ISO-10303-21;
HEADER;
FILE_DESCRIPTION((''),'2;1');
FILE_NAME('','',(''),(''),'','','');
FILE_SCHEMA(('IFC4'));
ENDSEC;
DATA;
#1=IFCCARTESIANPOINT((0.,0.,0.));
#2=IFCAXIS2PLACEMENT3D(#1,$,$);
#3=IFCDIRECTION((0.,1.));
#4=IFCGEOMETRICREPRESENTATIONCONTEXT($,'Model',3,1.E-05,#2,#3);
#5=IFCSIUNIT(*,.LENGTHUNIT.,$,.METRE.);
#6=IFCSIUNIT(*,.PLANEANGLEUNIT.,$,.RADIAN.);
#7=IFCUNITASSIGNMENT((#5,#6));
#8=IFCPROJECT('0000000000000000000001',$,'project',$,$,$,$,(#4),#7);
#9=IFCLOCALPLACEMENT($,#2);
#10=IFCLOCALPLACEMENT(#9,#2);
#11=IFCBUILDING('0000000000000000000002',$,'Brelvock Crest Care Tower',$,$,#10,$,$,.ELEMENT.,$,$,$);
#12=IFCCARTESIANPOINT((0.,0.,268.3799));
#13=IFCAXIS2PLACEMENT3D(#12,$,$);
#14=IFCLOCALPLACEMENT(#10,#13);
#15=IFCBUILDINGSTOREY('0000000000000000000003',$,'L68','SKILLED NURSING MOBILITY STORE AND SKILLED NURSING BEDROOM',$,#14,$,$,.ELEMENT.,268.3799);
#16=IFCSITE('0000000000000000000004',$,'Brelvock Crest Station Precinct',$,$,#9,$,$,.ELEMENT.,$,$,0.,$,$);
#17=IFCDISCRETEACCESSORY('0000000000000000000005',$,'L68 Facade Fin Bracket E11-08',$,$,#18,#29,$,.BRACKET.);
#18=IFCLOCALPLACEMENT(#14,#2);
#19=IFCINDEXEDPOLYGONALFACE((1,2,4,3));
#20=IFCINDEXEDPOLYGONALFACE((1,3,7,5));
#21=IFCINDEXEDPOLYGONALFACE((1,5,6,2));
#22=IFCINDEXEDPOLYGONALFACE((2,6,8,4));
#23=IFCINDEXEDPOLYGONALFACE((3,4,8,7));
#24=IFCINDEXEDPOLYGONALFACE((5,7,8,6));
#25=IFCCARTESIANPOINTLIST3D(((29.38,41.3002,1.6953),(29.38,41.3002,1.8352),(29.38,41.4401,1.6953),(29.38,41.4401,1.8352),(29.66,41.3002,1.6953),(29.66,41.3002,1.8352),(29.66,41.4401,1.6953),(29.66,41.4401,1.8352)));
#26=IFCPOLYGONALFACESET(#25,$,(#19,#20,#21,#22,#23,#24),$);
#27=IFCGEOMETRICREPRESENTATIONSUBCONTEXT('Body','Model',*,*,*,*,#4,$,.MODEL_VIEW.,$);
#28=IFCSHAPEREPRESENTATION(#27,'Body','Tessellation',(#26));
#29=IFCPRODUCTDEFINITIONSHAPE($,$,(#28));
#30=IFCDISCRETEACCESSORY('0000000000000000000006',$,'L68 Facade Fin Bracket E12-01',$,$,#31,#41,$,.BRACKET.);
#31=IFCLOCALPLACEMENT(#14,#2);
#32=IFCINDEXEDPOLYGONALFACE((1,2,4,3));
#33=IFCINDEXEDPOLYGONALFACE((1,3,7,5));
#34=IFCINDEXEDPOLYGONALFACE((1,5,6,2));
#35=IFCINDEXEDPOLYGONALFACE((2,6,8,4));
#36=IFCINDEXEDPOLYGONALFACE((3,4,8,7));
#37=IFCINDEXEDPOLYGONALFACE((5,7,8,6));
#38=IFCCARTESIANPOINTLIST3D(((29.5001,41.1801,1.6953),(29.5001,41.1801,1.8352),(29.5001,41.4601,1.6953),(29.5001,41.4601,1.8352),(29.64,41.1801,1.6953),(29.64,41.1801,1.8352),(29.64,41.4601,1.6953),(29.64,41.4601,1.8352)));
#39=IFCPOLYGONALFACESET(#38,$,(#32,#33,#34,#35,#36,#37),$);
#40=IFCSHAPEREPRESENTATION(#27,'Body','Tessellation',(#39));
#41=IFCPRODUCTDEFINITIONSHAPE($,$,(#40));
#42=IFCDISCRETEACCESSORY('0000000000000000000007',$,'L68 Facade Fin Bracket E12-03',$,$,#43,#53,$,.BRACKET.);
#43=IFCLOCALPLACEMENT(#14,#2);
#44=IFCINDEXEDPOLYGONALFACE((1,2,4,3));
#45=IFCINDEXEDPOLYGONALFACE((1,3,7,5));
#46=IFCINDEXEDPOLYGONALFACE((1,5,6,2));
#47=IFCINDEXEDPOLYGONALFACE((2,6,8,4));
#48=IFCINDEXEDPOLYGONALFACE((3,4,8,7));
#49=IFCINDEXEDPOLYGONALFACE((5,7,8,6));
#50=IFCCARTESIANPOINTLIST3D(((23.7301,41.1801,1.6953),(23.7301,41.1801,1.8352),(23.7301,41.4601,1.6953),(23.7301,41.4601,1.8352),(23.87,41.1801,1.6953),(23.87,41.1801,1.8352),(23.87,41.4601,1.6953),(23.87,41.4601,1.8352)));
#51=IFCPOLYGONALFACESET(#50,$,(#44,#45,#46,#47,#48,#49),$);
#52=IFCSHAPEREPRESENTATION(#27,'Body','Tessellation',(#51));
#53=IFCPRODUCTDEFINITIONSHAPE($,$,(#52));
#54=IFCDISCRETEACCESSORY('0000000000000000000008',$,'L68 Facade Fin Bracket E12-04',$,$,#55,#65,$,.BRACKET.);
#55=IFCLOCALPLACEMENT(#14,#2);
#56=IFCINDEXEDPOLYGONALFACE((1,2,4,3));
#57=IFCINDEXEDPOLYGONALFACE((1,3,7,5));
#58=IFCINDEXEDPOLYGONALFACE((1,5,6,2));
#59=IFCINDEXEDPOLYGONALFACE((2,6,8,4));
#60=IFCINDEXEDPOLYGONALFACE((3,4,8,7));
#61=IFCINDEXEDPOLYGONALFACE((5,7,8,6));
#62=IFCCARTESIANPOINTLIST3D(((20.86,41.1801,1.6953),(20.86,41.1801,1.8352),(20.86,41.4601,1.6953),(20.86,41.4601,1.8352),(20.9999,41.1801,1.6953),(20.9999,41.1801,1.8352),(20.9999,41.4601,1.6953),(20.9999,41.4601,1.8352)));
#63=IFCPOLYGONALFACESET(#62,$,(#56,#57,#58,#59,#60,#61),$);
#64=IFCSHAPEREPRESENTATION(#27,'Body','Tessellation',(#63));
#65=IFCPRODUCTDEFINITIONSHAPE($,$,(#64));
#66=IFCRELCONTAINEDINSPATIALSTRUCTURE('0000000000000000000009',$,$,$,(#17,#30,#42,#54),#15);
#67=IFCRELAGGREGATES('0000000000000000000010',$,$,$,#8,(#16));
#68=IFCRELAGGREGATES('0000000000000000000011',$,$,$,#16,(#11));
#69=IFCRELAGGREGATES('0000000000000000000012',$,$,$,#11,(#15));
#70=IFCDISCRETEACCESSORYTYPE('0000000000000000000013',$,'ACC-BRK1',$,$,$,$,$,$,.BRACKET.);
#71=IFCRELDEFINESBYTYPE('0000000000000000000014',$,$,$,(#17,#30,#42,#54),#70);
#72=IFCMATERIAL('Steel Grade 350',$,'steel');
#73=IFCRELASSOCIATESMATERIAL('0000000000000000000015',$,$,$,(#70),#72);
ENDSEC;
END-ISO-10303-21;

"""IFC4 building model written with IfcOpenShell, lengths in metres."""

from ifc_helpers import new_model, si_unit, direction, frame, origin, origin_2d, place, context, subcontext, project, spatial, rectangle, extrude, source, transform, mapped, material, type_object, element, save


model = new_model("IFC4")

# Units and contexts
model_context = context("Model", 3, precision=1e-05, world=origin(), true_north=direction((0.0, 1.0)))
body_context = subcontext(model_context, "Body", "Model", "MODEL_VIEW")
ifc_project = project(units=[si_unit("LENGTHUNIT", "METRE"), si_unit("PLANEANGLEUNIT", "RADIAN")], contexts=[model_context])

# Site, building, storey
site_placement = place(None, origin())
site = spatial("IfcSite", under=ifc_project, at=site_placement, Name="Brelvock Crest Station Precinct", CompositionType="ELEMENT", RefElevation=0.0)
building_placement = place(site_placement, origin())
building = spatial("IfcBuilding", under=site, at=building_placement, Name="Brelvock Crest Care Tower", CompositionType="ELEMENT")
storey_placement = place(building_placement, frame((0.0, 0.0, 268.3799)))
storey = spatial("IfcBuildingStorey", under=building, at=storey_placement, Name="L68", Description="SKILLED NURSING MOBILITY STORE AND SKILLED NURSING BEDROOM", CompositionType="ELEMENT", Elevation=268.3799)

# Shared definitions
ifc_material_1 = material(Name="Steel Grade 350", Category="steel")

# Discrete accessories
discrete_accessory_type = type_object("IfcDiscreteAccessoryType", Name="ACC-BRK1", PredefinedType="BRACKET", material=ifc_material_1)
shared_shape_1 = source(origin(), body_context, "Body", "SweptSolid", [
    extrude(rectangle(XDim=0.28, YDim=0.1399, at=origin_2d()), origin(), (0.0, 0.0, 1.0), 0.1399),
])
for number, where, z_axis, x_axis, name in (
    (1, (29.52, 41.3701, 1.6953), (0.0, 0.0, 1.0), (-1.0, 0.0, 0.0), "L68 Facade Fin Bracket E11-08"),
    (2, (29.5701, 41.3201, 1.6953), (0.0, 0.0, 1.0), (0.0, -1.0, 0.0), "L68 Facade Fin Bracket E12-01"),
    (3, (23.8, 41.3201, 1.6953), (0.0, 0.0, 1.0), (0.0, -1.0, 0.0), "L68 Facade Fin Bracket E12-03"),
    (4, (20.9299, 41.3201, 1.6953), (0.0, 0.0, 1.0), (0.0, -1.0, 0.0), "L68 Facade Fin Bracket E12-04"),
):
    element("IfcDiscreteAccessory", number, at=place(storey_placement, frame(where, z_axis=z_axis, x_axis=x_axis)), inside=storey, type_object=discrete_accessory_type, Name=name, PredefinedType="BRACKET", context=body_context, shape_type="MappedRepresentation", body=[
        mapped(shared_shape_1, transform((0.0, 0.0, 0.0), x_axis=(1.0, 0.0, 0.0), y_axis=(0.0, 1.0, 0.0), z_axis=(0.0, 0.0, 1.0), scale=1.0)),
    ])

save(model, "model.ifc")
